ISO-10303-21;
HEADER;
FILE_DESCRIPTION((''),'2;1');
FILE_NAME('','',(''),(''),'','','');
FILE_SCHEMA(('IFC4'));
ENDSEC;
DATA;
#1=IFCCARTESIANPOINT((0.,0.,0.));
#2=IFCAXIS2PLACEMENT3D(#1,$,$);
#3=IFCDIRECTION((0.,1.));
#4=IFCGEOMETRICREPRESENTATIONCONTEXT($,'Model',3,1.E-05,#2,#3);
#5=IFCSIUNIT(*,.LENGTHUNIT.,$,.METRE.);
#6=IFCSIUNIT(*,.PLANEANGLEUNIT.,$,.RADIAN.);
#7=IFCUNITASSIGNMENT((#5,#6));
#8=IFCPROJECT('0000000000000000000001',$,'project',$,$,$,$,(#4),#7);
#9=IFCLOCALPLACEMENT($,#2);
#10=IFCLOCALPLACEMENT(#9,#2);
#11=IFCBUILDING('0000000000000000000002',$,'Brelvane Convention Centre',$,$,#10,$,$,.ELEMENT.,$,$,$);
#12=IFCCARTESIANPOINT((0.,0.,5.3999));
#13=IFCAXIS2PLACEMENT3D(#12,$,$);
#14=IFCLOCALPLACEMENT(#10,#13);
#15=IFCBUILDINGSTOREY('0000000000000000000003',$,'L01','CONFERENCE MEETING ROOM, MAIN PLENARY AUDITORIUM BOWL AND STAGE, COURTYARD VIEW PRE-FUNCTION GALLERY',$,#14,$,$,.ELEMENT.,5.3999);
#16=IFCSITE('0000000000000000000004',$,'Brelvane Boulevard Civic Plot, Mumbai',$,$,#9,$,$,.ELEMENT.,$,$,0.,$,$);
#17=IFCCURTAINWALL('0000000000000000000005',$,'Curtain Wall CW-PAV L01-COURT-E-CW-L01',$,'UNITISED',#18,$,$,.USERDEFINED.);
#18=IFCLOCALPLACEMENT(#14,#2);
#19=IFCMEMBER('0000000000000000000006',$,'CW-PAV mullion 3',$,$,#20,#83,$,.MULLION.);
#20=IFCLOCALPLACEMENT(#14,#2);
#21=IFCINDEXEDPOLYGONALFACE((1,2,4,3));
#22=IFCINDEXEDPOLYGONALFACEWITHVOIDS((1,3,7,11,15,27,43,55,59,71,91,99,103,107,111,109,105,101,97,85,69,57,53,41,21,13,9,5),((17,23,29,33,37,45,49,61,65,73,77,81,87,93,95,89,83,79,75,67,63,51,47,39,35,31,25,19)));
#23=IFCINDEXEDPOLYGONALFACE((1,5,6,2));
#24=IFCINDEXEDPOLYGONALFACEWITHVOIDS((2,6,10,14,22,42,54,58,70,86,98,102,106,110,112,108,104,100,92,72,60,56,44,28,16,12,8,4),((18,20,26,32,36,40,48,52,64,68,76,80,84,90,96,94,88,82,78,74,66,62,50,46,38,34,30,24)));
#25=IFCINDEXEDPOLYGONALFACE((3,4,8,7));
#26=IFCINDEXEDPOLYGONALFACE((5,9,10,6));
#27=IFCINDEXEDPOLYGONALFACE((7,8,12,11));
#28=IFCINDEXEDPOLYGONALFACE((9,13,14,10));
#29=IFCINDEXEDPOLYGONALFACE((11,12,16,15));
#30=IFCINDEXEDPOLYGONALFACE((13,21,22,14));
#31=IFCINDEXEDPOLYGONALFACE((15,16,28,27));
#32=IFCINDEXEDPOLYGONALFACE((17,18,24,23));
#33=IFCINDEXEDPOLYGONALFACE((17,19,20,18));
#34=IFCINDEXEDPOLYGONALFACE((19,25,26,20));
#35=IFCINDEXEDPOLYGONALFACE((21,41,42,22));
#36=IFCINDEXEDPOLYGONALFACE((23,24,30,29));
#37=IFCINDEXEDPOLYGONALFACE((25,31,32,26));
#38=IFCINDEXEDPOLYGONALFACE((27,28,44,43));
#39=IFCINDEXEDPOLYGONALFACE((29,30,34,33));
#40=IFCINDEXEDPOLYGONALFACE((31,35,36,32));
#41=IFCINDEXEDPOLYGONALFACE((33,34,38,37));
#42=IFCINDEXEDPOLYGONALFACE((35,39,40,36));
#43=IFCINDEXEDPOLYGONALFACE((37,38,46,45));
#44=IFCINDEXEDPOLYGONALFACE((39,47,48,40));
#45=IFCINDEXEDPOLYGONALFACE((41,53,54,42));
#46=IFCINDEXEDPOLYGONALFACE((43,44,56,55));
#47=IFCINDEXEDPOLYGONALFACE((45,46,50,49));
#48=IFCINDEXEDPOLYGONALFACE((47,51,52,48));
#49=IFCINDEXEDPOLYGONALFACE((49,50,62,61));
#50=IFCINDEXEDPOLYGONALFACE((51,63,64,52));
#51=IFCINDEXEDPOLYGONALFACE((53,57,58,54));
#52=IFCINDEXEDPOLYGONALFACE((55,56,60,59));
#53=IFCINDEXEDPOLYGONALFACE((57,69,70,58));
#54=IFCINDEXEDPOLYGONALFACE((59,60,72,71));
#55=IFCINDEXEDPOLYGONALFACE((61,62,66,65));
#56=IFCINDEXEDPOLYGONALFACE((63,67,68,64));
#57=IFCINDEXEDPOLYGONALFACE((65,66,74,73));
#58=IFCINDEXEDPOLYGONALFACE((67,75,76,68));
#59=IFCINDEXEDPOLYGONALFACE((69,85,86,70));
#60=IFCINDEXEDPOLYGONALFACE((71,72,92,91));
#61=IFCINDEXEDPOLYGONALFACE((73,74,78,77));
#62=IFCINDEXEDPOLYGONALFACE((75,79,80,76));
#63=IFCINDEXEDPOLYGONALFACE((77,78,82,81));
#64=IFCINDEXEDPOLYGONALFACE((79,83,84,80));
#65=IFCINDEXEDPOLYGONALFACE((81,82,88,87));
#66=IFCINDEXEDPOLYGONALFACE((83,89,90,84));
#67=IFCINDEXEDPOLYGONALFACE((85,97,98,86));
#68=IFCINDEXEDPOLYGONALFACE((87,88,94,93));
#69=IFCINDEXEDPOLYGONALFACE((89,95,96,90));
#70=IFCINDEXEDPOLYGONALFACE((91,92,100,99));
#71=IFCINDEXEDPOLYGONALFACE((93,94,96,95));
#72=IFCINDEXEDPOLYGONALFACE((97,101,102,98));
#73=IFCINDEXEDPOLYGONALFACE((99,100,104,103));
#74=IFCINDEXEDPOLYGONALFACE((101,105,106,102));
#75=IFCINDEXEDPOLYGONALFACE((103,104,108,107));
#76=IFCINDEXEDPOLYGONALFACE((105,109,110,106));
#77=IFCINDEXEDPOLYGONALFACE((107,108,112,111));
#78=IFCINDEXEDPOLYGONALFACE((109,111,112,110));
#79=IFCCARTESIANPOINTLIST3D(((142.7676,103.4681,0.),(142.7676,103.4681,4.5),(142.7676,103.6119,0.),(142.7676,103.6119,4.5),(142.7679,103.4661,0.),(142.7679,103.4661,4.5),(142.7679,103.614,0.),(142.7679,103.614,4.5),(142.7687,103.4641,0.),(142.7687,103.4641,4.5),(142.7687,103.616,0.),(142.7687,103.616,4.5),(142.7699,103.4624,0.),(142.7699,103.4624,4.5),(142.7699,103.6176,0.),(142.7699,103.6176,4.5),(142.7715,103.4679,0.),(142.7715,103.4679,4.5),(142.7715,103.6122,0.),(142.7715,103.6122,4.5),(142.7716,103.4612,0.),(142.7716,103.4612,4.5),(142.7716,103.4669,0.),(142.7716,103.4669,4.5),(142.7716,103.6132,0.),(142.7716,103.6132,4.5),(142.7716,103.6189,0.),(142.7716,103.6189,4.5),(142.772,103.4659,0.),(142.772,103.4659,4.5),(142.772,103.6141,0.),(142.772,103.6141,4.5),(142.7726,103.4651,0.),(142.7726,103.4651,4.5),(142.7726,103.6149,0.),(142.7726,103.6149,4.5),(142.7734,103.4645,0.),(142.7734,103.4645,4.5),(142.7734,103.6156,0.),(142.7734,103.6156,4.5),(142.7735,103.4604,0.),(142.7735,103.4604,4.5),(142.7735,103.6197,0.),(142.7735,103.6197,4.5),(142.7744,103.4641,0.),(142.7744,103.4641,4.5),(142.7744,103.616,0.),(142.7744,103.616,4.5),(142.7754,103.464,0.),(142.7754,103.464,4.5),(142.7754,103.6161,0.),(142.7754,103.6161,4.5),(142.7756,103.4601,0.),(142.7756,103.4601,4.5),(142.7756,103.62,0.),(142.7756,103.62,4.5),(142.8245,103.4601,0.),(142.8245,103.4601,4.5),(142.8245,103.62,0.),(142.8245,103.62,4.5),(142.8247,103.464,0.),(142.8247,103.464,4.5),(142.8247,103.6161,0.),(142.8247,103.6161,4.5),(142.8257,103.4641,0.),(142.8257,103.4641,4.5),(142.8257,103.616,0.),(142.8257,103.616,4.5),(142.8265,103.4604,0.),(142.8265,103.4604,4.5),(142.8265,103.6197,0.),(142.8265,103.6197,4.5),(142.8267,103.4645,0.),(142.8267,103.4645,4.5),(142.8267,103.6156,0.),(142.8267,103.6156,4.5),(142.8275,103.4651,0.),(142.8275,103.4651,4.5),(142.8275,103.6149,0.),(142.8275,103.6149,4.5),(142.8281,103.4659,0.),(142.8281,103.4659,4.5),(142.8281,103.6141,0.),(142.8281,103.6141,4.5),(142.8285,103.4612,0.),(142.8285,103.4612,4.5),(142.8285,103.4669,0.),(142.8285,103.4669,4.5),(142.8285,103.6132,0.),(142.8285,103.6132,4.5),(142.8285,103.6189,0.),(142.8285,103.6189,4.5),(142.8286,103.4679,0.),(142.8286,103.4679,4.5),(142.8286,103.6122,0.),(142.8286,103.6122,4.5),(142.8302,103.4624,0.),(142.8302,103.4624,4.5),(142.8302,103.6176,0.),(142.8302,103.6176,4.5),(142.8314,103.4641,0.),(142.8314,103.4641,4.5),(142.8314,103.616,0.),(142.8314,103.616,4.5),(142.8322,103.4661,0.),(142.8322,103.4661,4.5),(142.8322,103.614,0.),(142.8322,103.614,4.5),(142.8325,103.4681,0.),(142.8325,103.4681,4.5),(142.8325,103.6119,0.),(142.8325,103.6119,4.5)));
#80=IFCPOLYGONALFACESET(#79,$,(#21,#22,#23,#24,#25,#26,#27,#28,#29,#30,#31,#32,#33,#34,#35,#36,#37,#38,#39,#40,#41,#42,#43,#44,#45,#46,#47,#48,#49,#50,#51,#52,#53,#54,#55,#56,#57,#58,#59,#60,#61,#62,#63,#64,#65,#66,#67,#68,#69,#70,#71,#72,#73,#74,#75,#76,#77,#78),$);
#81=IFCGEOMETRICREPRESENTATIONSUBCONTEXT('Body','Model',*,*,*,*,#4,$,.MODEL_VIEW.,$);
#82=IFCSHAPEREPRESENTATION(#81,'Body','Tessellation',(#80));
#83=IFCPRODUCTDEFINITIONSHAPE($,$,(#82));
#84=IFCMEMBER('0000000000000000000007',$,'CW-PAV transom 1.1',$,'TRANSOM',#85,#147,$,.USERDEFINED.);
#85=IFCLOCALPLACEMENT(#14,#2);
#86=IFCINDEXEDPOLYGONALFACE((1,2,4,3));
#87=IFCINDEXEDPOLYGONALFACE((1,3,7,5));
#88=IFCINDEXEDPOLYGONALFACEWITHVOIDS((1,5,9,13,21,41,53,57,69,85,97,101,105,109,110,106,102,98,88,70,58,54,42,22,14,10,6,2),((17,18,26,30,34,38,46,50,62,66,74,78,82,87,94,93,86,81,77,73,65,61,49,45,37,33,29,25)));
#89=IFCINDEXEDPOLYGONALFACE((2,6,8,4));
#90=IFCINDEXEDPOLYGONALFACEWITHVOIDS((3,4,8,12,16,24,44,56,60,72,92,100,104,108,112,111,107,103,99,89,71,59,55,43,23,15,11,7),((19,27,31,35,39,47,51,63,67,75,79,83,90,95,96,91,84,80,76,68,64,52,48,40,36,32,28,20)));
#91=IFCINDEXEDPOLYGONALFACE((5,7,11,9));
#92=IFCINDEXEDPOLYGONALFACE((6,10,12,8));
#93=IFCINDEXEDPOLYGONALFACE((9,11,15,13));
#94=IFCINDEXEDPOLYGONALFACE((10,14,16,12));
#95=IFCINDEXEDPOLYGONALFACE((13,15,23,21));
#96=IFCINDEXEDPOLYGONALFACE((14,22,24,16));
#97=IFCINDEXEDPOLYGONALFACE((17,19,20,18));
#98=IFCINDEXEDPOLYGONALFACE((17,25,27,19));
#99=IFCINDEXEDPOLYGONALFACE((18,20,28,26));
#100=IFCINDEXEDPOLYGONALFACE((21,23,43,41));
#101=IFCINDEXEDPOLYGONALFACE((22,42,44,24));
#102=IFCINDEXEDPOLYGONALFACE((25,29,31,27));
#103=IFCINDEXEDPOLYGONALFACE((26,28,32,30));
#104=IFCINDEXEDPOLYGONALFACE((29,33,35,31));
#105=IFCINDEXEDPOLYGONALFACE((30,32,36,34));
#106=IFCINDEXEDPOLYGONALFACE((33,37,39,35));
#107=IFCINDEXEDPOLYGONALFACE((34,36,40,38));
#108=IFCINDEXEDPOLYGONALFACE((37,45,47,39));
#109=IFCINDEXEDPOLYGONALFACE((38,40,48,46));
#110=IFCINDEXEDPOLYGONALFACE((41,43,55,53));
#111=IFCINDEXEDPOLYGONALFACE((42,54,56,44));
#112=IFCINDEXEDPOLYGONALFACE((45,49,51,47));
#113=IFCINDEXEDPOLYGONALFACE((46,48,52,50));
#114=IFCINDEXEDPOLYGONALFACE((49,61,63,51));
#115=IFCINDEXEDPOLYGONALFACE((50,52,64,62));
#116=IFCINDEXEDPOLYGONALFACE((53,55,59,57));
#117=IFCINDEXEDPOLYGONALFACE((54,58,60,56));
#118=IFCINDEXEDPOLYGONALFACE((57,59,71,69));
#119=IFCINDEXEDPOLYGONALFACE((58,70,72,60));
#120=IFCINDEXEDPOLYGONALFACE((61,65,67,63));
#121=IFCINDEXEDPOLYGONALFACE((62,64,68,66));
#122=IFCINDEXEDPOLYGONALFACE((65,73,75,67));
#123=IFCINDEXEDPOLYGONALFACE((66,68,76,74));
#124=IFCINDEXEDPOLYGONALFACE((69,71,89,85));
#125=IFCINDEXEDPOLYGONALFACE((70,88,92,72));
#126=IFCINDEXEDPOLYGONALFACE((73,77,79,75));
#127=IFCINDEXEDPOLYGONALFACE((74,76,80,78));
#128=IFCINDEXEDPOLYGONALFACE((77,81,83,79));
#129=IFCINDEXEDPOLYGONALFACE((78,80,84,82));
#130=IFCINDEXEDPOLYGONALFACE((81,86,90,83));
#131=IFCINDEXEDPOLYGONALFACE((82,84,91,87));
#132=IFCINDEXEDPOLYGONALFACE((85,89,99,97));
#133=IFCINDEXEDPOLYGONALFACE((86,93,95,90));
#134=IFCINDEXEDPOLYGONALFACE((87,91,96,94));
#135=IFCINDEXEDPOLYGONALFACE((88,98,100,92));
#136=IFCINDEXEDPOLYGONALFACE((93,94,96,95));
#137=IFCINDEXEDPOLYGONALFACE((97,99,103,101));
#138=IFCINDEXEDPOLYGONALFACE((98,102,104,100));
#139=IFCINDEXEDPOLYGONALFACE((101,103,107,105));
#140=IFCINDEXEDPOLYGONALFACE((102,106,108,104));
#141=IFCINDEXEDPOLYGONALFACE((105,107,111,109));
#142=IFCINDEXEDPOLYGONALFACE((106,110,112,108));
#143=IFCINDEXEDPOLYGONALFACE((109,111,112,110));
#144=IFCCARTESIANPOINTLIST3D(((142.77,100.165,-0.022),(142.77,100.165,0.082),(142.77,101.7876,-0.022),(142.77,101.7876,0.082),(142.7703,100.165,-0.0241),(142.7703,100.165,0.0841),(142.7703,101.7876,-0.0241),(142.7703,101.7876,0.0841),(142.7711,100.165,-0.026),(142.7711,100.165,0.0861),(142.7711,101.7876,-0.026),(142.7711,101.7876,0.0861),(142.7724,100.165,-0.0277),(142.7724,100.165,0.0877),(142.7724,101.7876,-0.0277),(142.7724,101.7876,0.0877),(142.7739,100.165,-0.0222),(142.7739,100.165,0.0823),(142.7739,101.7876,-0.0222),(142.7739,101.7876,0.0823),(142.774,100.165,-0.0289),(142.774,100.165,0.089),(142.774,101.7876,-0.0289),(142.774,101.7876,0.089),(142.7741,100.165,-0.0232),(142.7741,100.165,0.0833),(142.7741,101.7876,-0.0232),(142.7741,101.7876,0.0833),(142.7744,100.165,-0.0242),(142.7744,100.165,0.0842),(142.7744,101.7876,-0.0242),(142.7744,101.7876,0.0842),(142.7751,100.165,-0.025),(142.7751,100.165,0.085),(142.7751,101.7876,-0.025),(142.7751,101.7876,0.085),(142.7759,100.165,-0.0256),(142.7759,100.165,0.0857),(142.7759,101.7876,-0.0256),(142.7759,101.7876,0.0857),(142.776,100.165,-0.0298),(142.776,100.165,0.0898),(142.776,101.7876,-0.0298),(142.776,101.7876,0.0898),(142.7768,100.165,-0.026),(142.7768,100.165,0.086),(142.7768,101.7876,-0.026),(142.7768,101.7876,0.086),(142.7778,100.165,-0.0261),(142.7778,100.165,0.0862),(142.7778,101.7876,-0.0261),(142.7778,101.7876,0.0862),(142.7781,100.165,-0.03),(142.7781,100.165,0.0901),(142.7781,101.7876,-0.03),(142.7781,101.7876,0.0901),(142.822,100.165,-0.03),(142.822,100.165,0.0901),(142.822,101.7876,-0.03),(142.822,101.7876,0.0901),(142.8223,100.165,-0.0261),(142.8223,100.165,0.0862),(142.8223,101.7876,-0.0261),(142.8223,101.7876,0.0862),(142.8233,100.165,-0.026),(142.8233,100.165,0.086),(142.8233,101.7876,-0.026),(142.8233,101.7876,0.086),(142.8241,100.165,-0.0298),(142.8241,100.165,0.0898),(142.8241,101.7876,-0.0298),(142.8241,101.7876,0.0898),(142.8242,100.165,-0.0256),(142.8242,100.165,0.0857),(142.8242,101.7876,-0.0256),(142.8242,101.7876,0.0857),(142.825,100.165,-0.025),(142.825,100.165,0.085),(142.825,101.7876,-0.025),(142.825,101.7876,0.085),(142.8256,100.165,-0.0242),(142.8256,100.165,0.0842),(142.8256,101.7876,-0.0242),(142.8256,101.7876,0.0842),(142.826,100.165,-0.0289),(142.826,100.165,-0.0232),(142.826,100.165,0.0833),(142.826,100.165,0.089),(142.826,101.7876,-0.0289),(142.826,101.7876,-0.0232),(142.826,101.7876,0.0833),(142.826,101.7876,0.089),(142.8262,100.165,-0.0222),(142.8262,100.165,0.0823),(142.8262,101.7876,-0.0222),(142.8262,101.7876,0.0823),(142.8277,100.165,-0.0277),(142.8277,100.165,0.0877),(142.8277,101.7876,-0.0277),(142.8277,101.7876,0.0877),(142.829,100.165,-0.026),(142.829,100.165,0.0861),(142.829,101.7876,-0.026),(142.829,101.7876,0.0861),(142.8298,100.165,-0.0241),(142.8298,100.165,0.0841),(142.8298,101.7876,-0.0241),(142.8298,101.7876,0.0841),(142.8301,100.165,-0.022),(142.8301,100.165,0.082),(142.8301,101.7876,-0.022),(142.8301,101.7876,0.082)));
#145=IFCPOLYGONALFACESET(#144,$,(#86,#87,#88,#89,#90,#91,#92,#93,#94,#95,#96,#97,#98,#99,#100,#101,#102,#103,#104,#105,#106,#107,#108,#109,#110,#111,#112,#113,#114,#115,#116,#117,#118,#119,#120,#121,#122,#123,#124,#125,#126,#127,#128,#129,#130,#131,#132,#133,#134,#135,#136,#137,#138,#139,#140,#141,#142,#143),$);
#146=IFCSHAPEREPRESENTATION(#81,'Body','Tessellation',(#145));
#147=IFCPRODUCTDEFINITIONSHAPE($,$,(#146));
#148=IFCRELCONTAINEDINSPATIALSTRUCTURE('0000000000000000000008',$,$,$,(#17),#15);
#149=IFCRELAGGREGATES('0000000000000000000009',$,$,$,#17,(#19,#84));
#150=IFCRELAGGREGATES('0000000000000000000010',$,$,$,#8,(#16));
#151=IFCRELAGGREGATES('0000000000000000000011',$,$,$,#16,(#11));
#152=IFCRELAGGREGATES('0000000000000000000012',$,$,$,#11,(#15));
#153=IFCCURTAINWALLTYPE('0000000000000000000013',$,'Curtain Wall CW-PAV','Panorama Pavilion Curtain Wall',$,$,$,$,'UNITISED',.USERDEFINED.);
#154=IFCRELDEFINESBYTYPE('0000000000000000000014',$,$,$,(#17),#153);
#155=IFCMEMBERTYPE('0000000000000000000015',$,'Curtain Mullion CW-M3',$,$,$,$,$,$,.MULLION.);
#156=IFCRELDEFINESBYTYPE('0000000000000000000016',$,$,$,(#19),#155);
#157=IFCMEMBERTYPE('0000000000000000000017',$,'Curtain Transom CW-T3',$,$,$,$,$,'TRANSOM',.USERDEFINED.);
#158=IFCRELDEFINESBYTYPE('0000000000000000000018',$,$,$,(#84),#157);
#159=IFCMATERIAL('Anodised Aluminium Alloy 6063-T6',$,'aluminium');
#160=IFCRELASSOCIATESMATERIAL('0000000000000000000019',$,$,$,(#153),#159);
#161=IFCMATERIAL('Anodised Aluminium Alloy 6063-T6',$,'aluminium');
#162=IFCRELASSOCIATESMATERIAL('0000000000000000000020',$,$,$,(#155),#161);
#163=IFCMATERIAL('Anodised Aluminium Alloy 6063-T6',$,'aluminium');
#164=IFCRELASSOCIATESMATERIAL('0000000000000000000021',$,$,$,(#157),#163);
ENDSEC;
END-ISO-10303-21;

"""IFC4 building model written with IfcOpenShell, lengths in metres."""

from ifc_helpers import new_model, si_unit, direction, frame, origin, origin_2d, place, context, subcontext, project, spatial, hollow_rectangle, extrude, material, material_profile, profile_set, type_object, element, aggregate, save


model = new_model("IFC4")

# Units and contexts
model_context = context("Model", 3, precision=1e-05, world=origin(), true_north=direction((0.0, 1.0)))
body_context = subcontext(model_context, "Body", "Model", "MODEL_VIEW")
ifc_project = project(units=[si_unit("LENGTHUNIT", "METRE"), si_unit("PLANEANGLEUNIT", "RADIAN")], contexts=[model_context])

# Site, building, storey
site_placement = place(None, origin())
site = spatial("IfcSite", under=ifc_project, at=site_placement, Name="Brelvane Boulevard Civic Plot, Mumbai", CompositionType="ELEMENT", RefElevation=0.0)
building_placement = place(site_placement, origin())
building = spatial("IfcBuilding", under=site, at=building_placement, Name="Brelvane Convention Centre", CompositionType="ELEMENT")
storey_placement = place(building_placement, frame((0.0, 0.0, 5.3999)))
storey = spatial("IfcBuildingStorey", under=building, at=storey_placement, Name="L01", Description="CONFERENCE MEETING ROOM, MAIN PLENARY AUDITORIUM BOWL AND STAGE, COURTYARD VIEW PRE-FUNCTION GALLERY", CompositionType="ELEMENT", Elevation=5.3999)

# Curtain wall, members
ifc_material_1 = material(Name="Anodised Aluminium Alloy 6063-T6", Category="aluminium")
curtain_wall_type = type_object("IfcCurtainWallType", Name="Curtain Wall CW-PAV", Description="Panorama Pavilion Curtain Wall", ElementType="UNITISED", PredefinedType="USERDEFINED", material=ifc_material_1)
curtain_wall_placement = place(storey_placement, origin())
curtain_wall = element("IfcCurtainWall", 1, at=curtain_wall_placement, inside=storey, type_object=curtain_wall_type, Name="Curtain Wall CW-PAV L01-COURT-E-CW-L01", ObjectType="UNITISED", PredefinedType="USERDEFINED")
ifc_material_2 = material(Name="Anodised Aluminium Alloy 6063-T6", Category="aluminium")
ifc_material_profile_1 = material_profile(ifc_material_2, hollow_rectangle(XDim=0.0649, YDim=0.1599, WallThickness=0.0039, InnerFilletRadius=0.0039, OuterFilletRadius=0.0081, at=origin_2d()), Name="ALU-M 160x65x4.0")
ifc_profile_set_1 = profile_set([ifc_material_profile_1], Name="Anodised Aluminium Alloy 6063-T6")
member_type_1 = type_object("IfcMemberType", Name="Curtain Mullion CW-M3", PredefinedType="MULLION", material=ifc_profile_set_1)
member_1_placement = place(storey_placement, frame((142.8, 103.54, 0.0), z_axis=(0.0, 0.0, 1.0), x_axis=(-1.0, 0.0, 0.0)))
member_1 = element("IfcMember", 2, at=member_1_placement, type_object=member_type_1, Name="CW-PAV mullion 3", PredefinedType="MULLION", context=body_context, shape_type="SweptSolid", body=[
    extrude(hollow_rectangle(XDim=0.0649, YDim=0.1599, WallThickness=0.0039, InnerFilletRadius=0.0039, OuterFilletRadius=0.0081, at=origin_2d()), origin(), (0.0, 0.0, 1.0), 4.5),
])
ifc_material_3 = material(Name="Anodised Aluminium Alloy 6063-T6", Category="aluminium")
ifc_material_profile_2 = material_profile(ifc_material_3, hollow_rectangle(XDim=0.0601, YDim=0.1201, WallThickness=0.0039, InnerFilletRadius=0.0039, OuterFilletRadius=0.0081, at=origin_2d()), Name="ALU-T 120x60x4.0")
ifc_profile_set_2 = profile_set([ifc_material_profile_2], Name="Anodised Aluminium Alloy 6063-T6")
member_type_2 = type_object("IfcMemberType", Name="Curtain Transom CW-T3", ElementType="TRANSOM", PredefinedType="USERDEFINED", material=ifc_profile_set_2)
member_2_placement = place(storey_placement, frame((142.8, 100.165, 0.03), z_axis=(0.0, 1.0, 0.0), x_axis=(-1.0, 0.0, 0.0)))
member_2 = element("IfcMember", 3, at=member_2_placement, type_object=member_type_2, Name="CW-PAV transom 1.1", ObjectType="TRANSOM", PredefinedType="USERDEFINED", context=body_context, shape_type="SweptSolid", body=[
    extrude(hollow_rectangle(XDim=0.0601, YDim=0.1201, WallThickness=0.0039, InnerFilletRadius=0.0039, OuterFilletRadius=0.0081, at=origin_2d()), origin(), (0.0, 0.0, 1.0), 1.6226),
])

aggregate(curtain_wall, [member_1, member_2])

save(model, "model.ifc")
